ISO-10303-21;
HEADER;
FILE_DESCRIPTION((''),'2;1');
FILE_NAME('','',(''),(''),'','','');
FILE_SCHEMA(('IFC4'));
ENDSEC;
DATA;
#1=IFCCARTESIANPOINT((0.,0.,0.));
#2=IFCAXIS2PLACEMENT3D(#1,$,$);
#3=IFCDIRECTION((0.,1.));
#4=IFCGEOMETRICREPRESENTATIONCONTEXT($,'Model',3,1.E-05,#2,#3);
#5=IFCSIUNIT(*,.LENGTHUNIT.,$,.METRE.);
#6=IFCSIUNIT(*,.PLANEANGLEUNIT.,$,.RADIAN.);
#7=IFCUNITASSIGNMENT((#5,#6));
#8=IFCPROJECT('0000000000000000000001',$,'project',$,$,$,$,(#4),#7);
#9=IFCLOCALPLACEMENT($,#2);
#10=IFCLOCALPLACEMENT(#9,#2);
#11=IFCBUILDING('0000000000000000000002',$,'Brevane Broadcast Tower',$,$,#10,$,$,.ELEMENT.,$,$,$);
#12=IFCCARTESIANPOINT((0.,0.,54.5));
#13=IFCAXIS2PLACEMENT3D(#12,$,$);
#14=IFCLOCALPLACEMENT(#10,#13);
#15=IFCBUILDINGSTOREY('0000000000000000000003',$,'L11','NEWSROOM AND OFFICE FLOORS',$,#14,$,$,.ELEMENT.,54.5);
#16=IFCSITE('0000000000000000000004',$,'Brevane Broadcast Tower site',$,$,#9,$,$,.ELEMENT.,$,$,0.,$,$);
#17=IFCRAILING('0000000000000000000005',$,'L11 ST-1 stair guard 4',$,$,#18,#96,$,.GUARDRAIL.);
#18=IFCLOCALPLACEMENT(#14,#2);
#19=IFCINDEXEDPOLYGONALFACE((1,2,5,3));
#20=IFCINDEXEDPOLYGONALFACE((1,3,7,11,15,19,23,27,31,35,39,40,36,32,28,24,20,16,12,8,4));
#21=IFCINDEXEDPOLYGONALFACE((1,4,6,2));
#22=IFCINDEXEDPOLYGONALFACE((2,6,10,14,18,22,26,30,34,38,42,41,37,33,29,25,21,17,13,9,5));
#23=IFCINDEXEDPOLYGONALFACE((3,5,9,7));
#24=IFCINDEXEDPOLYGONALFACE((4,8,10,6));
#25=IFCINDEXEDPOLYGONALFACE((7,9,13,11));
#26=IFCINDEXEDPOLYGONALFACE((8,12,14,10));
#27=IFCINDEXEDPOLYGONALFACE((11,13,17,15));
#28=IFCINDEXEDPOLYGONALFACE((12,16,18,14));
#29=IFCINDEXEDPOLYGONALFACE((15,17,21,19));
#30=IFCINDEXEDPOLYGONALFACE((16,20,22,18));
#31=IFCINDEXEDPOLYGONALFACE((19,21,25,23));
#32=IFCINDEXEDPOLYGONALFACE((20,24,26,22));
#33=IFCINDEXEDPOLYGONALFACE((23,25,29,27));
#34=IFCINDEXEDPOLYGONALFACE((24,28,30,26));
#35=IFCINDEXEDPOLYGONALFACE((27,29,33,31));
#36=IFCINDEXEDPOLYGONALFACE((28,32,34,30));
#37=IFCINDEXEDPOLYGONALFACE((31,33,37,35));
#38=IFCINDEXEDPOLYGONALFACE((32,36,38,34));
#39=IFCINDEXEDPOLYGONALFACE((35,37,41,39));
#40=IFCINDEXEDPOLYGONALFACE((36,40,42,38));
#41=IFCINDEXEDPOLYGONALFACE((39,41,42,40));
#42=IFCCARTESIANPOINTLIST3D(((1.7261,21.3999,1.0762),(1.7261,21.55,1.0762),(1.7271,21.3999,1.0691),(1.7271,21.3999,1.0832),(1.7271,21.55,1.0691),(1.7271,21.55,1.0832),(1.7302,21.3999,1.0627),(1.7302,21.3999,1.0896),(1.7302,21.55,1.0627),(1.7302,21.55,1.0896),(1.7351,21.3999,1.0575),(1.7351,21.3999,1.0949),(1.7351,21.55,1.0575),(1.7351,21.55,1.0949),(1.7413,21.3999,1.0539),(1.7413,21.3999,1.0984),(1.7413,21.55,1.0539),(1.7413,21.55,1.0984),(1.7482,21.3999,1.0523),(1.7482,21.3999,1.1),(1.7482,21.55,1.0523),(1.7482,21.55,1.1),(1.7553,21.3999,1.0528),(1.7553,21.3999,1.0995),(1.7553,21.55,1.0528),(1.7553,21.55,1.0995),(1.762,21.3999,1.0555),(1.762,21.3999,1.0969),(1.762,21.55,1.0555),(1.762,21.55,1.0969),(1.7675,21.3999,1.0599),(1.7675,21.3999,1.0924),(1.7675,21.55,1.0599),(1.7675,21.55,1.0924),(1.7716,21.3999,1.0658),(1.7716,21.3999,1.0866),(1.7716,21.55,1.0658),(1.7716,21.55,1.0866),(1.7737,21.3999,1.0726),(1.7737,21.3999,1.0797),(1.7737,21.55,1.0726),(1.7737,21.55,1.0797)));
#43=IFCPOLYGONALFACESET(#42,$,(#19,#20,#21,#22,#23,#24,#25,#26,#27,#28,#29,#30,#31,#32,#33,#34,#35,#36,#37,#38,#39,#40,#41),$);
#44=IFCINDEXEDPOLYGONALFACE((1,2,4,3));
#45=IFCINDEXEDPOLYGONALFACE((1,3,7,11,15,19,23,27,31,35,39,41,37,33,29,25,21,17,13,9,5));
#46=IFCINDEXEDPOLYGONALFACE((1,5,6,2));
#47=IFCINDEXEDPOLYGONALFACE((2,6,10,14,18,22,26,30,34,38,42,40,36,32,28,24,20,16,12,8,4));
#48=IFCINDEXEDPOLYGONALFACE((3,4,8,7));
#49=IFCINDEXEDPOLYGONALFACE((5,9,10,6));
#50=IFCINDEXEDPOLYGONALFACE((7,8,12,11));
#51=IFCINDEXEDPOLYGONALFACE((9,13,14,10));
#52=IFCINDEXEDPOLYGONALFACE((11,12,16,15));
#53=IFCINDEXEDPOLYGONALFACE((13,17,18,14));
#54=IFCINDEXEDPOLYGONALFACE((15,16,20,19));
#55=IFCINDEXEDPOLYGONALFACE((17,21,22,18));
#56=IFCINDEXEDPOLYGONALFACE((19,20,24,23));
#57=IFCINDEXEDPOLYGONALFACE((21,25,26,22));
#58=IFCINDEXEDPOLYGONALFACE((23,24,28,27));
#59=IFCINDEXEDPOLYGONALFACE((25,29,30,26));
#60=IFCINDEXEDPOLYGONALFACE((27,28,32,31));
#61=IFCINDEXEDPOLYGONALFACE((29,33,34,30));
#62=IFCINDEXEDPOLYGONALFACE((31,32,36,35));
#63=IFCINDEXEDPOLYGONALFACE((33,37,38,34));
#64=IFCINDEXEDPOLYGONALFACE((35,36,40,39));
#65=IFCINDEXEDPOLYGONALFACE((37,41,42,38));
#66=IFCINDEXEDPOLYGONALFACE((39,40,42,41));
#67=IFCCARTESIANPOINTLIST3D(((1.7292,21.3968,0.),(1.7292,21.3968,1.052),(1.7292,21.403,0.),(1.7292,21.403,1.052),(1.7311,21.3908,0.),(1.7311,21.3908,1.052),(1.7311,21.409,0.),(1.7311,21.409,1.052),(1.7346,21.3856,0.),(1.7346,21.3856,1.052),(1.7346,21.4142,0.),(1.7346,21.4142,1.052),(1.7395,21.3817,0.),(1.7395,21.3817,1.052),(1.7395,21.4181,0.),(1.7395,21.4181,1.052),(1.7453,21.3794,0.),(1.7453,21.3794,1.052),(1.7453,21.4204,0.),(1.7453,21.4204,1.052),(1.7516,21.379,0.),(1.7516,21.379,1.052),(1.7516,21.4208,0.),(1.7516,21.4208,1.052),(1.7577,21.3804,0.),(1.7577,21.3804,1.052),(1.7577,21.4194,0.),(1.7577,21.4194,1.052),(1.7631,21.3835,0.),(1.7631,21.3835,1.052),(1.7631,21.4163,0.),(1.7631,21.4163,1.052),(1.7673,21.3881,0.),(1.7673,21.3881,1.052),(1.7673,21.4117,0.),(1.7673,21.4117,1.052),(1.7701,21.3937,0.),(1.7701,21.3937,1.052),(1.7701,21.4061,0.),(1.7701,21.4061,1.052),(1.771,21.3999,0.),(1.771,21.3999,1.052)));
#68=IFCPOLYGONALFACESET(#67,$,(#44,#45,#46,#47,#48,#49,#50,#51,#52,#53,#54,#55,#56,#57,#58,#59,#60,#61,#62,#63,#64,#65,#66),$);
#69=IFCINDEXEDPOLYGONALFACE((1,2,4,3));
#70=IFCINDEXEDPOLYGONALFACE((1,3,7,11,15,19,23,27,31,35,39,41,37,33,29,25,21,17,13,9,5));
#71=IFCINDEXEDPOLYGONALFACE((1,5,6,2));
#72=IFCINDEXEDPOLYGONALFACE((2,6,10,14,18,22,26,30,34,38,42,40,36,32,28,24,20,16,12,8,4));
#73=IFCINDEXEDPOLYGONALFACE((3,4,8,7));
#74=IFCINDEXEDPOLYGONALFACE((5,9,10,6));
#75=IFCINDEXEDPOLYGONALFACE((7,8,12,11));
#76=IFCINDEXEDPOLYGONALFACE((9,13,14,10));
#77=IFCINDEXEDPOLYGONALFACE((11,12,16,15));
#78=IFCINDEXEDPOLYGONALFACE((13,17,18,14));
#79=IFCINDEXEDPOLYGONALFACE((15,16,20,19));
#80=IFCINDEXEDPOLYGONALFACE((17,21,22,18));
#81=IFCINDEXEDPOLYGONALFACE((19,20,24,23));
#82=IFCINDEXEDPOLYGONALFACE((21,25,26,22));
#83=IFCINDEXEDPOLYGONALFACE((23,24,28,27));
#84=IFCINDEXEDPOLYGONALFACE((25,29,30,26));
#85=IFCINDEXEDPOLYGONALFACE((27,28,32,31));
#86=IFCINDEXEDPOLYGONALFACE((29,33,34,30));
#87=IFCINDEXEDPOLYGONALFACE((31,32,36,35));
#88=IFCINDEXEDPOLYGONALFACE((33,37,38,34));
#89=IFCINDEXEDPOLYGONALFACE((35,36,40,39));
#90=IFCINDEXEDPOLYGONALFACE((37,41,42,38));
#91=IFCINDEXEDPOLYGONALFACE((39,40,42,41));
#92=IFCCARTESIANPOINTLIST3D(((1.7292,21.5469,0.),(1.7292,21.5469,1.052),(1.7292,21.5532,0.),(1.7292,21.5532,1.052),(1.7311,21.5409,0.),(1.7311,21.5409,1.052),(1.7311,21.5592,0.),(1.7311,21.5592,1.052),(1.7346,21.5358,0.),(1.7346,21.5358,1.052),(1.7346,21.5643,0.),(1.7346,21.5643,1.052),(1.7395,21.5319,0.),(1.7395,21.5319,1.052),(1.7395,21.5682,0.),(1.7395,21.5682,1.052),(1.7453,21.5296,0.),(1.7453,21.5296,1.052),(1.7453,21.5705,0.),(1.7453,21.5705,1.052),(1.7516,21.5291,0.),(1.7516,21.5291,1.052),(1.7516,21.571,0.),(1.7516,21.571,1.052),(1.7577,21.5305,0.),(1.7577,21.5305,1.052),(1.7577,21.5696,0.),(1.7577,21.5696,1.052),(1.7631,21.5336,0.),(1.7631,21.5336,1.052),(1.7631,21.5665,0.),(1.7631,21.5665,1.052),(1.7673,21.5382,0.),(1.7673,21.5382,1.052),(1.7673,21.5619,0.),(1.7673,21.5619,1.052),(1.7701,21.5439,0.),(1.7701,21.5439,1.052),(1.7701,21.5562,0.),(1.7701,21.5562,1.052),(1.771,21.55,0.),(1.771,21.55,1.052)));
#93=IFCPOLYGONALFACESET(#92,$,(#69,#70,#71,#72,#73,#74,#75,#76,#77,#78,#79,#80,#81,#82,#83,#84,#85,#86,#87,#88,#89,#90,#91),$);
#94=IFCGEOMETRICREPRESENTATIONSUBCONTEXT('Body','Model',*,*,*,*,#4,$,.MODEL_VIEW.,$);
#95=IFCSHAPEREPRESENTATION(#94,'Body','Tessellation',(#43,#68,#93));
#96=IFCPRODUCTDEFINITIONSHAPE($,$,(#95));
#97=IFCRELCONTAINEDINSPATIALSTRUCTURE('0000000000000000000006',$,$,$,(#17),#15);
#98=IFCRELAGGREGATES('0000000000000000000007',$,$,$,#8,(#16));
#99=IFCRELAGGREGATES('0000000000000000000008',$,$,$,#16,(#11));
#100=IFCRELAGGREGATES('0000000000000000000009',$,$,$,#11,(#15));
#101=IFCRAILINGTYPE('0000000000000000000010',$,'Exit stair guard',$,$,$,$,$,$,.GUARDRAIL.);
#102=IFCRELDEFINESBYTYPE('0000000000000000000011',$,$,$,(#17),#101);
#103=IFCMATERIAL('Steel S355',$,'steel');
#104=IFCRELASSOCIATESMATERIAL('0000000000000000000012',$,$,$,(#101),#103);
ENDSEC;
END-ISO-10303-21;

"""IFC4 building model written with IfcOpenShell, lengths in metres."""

from ifc_helpers import new_model, si_unit, direction, frame, origin, origin_2d, place, context, subcontext, project, spatial, circle, extrude, material, type_object, element, save


model = new_model("IFC4")

# Units and contexts
model_context = context("Model", 3, precision=1e-05, world=origin(), true_north=direction((0.0, 1.0)))
body_context = subcontext(model_context, "Body", "Model", "MODEL_VIEW")
ifc_project = project(units=[si_unit("LENGTHUNIT", "METRE"), si_unit("PLANEANGLEUNIT", "RADIAN")], contexts=[model_context])

# Site, building, storey
site_placement = place(None, origin())
site = spatial("IfcSite", under=ifc_project, at=site_placement, Name="Brevane Broadcast Tower site", CompositionType="ELEMENT", RefElevation=0.0)
building_placement = place(site_placement, origin())
building = spatial("IfcBuilding", under=site, at=building_placement, Name="Brevane Broadcast Tower", CompositionType="ELEMENT")
storey_placement = place(building_placement, frame((0.0, 0.0, 54.5)))
storey = spatial("IfcBuildingStorey", under=building, at=storey_placement, Name="L11", Description="NEWSROOM AND OFFICE FLOORS", CompositionType="ELEMENT", Elevation=54.5)

# Railing
ifc_material_1 = material(Name="Steel S355", Category="steel")
railing_type_1 = type_object("IfcRailingType", Name="Exit stair guard", PredefinedType="GUARDRAIL", material=ifc_material_1)
railing_1_placement = place(storey_placement, frame((1.75, 21.3999, 0.0)))
element("IfcRailing", 1, at=railing_1_placement, inside=storey, type_object=railing_type_1, Name="L11 ST-1 stair guard 4", PredefinedType="GUARDRAIL", context=body_context, shape_type="SweptSolid", body=[
    extrude(circle(Radius=0.0239, at=origin_2d()), frame((0.0, 0.0, 1.0762), z_axis=(0.0, 1.0, 0.0), x_axis=(-1.0, 0.0, 0.0)), (0.0, 0.0, 1.0), 0.1501),
    extrude(circle(Radius=0.021, at=origin_2d()), origin(), (0.0, 0.0, 1.0), 1.052),
    extrude(circle(Radius=0.021, at=origin_2d()), frame((0.0, 0.1501, 0.0)), (0.0, 0.0, 1.0), 1.052),
])

save(model, "model.ifc")
